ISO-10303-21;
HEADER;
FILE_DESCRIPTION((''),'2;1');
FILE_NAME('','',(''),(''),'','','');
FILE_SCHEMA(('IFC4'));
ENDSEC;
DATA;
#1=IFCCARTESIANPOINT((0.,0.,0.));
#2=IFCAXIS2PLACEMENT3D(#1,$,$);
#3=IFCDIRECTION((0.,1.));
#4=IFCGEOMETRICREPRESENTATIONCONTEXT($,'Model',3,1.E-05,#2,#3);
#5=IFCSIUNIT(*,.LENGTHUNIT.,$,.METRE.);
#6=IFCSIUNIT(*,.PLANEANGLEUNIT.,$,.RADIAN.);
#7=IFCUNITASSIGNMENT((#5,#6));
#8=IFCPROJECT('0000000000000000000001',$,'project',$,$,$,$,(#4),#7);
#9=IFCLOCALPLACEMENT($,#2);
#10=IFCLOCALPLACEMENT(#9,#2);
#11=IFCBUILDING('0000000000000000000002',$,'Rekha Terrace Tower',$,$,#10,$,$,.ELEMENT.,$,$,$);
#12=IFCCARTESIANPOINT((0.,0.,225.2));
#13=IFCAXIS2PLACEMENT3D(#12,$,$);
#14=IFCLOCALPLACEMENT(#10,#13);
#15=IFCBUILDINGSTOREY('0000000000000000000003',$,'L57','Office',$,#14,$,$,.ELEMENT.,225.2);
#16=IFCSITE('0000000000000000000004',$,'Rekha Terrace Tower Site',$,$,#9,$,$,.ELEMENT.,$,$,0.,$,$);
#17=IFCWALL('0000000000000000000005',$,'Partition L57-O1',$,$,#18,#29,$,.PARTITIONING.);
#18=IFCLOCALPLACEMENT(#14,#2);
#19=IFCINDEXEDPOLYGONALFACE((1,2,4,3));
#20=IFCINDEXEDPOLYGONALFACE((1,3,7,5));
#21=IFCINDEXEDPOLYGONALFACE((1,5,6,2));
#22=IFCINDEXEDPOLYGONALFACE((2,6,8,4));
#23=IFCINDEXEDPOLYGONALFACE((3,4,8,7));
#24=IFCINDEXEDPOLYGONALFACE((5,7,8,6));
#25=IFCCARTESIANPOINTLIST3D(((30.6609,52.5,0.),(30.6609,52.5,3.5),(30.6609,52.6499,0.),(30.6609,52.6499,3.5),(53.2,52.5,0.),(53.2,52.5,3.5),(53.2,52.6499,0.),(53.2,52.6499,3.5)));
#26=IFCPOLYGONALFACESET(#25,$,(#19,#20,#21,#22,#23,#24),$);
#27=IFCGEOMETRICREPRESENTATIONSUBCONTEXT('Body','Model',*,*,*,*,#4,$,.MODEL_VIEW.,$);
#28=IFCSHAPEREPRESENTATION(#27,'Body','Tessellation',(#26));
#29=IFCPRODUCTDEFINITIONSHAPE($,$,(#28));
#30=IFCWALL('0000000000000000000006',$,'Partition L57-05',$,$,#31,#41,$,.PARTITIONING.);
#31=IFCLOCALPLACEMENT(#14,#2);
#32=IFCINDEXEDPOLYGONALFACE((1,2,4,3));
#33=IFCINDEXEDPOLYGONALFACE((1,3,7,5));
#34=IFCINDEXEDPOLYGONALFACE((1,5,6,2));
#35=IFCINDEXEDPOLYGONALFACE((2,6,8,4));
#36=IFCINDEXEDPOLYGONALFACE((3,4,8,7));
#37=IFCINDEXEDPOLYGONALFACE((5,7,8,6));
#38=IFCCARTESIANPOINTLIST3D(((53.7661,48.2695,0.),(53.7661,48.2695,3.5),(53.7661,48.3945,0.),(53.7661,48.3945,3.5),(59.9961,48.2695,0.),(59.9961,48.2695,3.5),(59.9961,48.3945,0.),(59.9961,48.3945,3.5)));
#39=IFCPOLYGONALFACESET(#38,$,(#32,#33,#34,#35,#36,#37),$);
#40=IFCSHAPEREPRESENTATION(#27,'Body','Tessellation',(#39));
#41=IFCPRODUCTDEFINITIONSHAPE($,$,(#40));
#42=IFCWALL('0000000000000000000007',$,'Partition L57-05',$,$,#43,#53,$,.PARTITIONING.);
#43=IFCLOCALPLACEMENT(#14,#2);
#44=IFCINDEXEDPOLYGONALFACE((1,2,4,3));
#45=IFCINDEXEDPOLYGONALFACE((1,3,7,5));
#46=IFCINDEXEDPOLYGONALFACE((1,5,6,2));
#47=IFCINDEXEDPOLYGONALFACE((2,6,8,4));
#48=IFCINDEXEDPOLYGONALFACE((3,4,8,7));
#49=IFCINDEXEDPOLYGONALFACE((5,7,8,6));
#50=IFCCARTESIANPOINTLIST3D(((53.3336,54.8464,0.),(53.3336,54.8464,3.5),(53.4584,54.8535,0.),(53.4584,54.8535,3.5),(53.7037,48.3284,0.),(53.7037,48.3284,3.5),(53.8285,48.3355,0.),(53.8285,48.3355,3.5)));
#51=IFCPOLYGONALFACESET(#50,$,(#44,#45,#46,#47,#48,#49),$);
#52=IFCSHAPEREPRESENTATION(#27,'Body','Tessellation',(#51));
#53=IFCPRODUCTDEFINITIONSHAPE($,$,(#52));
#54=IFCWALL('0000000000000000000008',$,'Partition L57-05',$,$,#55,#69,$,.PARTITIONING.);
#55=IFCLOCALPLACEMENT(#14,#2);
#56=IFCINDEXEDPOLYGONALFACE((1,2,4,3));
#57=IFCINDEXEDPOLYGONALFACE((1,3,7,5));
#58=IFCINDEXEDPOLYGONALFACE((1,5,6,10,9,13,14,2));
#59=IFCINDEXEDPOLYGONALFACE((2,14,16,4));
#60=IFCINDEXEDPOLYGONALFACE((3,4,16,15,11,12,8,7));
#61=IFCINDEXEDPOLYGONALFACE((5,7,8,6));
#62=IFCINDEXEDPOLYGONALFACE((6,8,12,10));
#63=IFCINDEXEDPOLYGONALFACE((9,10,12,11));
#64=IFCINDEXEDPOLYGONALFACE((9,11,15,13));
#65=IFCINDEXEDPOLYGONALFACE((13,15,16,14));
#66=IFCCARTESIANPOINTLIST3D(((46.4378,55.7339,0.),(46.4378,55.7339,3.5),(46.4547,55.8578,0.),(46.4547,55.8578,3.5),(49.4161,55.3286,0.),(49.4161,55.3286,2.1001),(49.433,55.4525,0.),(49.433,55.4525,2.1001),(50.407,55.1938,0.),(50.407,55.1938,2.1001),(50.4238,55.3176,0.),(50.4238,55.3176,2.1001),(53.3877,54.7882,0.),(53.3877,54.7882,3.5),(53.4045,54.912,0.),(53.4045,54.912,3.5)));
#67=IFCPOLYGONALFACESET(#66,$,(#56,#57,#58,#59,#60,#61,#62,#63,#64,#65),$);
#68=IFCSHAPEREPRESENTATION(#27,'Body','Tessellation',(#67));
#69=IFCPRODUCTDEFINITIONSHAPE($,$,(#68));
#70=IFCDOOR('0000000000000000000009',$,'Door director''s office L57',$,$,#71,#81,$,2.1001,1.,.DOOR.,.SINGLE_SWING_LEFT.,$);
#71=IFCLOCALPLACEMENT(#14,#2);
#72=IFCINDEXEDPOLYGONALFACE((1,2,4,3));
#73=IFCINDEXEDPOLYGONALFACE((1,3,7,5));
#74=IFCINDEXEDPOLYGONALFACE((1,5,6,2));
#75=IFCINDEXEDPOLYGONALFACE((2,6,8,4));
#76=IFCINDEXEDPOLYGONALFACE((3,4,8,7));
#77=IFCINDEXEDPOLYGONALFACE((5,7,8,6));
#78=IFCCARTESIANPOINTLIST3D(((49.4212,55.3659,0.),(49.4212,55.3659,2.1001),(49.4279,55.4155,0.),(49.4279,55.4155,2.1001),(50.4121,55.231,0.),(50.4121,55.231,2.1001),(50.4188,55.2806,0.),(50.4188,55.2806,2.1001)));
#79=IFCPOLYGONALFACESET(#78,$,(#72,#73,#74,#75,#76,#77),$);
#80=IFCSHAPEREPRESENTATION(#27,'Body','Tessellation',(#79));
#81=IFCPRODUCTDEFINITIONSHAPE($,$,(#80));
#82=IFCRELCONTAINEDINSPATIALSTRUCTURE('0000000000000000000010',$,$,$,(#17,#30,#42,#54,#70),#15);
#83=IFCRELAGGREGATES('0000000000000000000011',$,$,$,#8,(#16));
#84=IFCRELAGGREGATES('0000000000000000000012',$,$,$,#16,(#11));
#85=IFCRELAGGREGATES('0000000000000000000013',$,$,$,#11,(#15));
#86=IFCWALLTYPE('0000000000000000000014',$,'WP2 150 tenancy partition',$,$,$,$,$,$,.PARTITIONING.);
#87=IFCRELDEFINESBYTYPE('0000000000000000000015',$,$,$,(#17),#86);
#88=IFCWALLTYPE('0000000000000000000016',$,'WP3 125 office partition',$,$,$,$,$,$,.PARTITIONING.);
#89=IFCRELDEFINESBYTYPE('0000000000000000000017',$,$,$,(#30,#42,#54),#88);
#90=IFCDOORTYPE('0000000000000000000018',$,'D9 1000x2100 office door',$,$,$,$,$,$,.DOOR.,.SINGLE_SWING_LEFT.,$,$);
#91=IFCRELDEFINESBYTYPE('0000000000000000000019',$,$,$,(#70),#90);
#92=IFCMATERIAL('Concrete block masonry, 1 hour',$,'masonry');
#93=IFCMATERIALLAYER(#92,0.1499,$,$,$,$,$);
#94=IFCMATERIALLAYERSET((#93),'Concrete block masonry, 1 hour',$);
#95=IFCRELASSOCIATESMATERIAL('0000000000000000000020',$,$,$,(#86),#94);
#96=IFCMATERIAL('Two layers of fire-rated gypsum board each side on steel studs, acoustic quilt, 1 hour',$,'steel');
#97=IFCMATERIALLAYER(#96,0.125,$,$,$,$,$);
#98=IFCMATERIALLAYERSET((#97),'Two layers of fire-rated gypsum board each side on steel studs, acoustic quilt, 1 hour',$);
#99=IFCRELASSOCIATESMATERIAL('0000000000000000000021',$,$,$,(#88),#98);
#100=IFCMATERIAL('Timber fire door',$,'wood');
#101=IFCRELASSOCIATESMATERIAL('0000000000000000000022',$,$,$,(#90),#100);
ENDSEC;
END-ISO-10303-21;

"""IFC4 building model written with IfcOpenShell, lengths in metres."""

from ifc_helpers import new_model, si_unit, direction, frame, frame_2d, origin, place, context, subcontext, project, spatial, rectangle, extrude, material, layer, layer_set, type_object, element, fill, save


model = new_model("IFC4")

# Units and contexts
model_context = context("Model", 3, precision=1e-05, world=origin(), true_north=direction((0.0, 1.0)))
body_context = subcontext(model_context, "Body", "Model", "MODEL_VIEW")
ifc_project = project(units=[si_unit("LENGTHUNIT", "METRE"), si_unit("PLANEANGLEUNIT", "RADIAN")], contexts=[model_context])

# Site, building, storey
site_placement = place(None, origin())
site = spatial("IfcSite", under=ifc_project, at=site_placement, Name="Rekha Terrace Tower Site", CompositionType="ELEMENT", RefElevation=0.0)
building_placement = place(site_placement, origin())
building = spatial("IfcBuilding", under=site, at=building_placement, Name="Rekha Terrace Tower", CompositionType="ELEMENT")
storey_placement = place(building_placement, frame((0.0, 0.0, 225.2)))
storey = spatial("IfcBuildingStorey", under=building, at=storey_placement, Name="L57", Description="Office", CompositionType="ELEMENT", Elevation=225.2)

# Walls
ifc_material_1 = material(Name="Concrete block masonry, 1 hour", Category="masonry")
ifc_layer_1 = layer(ifc_material_1, 0.1499)
ifc_layer_set_1 = layer_set([ifc_layer_1], Name="Concrete block masonry, 1 hour")
wall_type_1 = type_object("IfcWallType", Name="WP2 150 tenancy partition", PredefinedType="PARTITIONING", material=ifc_layer_set_1)
wall_1_placement = place(storey_placement, frame((53.2, 52.575, 0.0), z_axis=(0.0, 0.0, 1.0), x_axis=(-1.0, 0.0, 0.0)))
element("IfcWall", 1, at=wall_1_placement, inside=storey, type_object=wall_type_1, Name="Partition L57-O1", PredefinedType="PARTITIONING", context=body_context, shape_type="SweptSolid", body=[
    extrude(rectangle(XDim=22.5391, YDim=0.1499, at=frame_2d((11.2695, 0.0))), origin(), (0.0, 0.0, 1.0), 3.5),
])
ifc_material_2 = material(Name="Two layers of fire-rated gypsum board each side on steel studs, acoustic quilt, 1 hour", Category="steel")
ifc_layer_2 = layer(ifc_material_2, 0.125)
ifc_layer_set_2 = layer_set([ifc_layer_2], Name="Two layers of fire-rated gypsum board each side on steel studs, acoustic quilt, 1 hour")
wall_type_2 = type_object("IfcWallType", Name="WP3 125 office partition", PredefinedType="PARTITIONING", material=ifc_layer_set_2)
wall_2_placement = place(storey_placement, frame((59.9961, 48.332, 0.0), z_axis=(0.0, 0.0, 1.0), x_axis=(-1.0, 0.0, 0.0)))
element("IfcWall", 2, at=wall_2_placement, inside=storey, type_object=wall_type_2, Name="Partition L57-05", PredefinedType="PARTITIONING", context=body_context, shape_type="SweptSolid", body=[
    extrude(rectangle(XDim=6.23, YDim=0.125, at=frame_2d((3.115, 0.0))), origin(), (0.0, 0.0, 1.0), 3.5),
])
wall_3_placement = place(storey_placement, frame((53.7661, 48.332, 0.0), z_axis=(0.0, 0.0, 1.0), x_axis=(-0.056692, 0.998392, 0.0)))
element("IfcWall", 3, at=wall_3_placement, inside=storey, type_object=wall_type_2, Name="Partition L57-05", PredefinedType="PARTITIONING", context=body_context, shape_type="SweptSolid", body=[
    extrude(rectangle(XDim=6.5286, YDim=0.125, at=frame_2d((3.2642, 0.0))), origin(), (0.0, 0.0, 1.0), 3.5),
])

# Wall, opening, door
wall_4_placement = place(storey_placement, frame((53.396, 54.8501, 0.0), z_axis=(0.0, 0.0, 1.0), x_axis=(-0.990867, 0.134844, 0.0)))
wall_4 = element("IfcWall", 4, at=wall_4_placement, inside=storey, type_object=wall_type_2, Name="Partition L57-05", PredefinedType="PARTITIONING", context=body_context, shape_type="SweptSolid", body=[
    extrude(rectangle(XDim=7.0139, YDim=0.125, at=frame_2d((3.5068, 0.0))), origin(), (0.0, 0.0, 1.0), 3.5),
])
opening_placement = place(wall_4_placement, frame((3.0081, 0.0, 0.0)))
opening = element("IfcOpeningElement", 5, at=opening_placement, cuts=wall_4, PredefinedType="OPENING", context=body_context, shape_type="SweptSolid", body=[
    extrude(rectangle(XDim=1.0, YDim=2.1001, at=frame_2d((0.5, 1.05))), frame((0.0, 0.0725, 0.0), z_axis=(0.0, -1.0, 0.0), x_axis=(1.0, 0.0, 0.0)), (0.0, 0.0, 1.0), 0.145),
])
ifc_material_3 = material(Name="Timber fire door", Category="wood")
door_type = type_object("IfcDoorType", Name="D9 1000x2100 office door", OperationType="SINGLE_SWING_LEFT", PredefinedType="DOOR", material=ifc_material_3)
door_placement = place(opening_placement, origin())
door = element("IfcDoor", 6, at=door_placement, inside=storey, type_object=door_type, Name="Door director's office L57", OperationType="SINGLE_SWING_LEFT", OverallHeight=2.1001, OverallWidth=1.0, PredefinedType="DOOR", context=body_context, shape_type="SweptSolid", body=[
    extrude(rectangle(XDim=1.0, YDim=2.1001, at=frame_2d((0.5, 1.05))), frame((0.0, 0.0249, 0.0), z_axis=(0.0, -1.0, 0.0), x_axis=(1.0, 0.0, 0.0)), (0.0, 0.0, 1.0), 0.05),
])
fill(opening, door)

save(model, "model.ifc")
